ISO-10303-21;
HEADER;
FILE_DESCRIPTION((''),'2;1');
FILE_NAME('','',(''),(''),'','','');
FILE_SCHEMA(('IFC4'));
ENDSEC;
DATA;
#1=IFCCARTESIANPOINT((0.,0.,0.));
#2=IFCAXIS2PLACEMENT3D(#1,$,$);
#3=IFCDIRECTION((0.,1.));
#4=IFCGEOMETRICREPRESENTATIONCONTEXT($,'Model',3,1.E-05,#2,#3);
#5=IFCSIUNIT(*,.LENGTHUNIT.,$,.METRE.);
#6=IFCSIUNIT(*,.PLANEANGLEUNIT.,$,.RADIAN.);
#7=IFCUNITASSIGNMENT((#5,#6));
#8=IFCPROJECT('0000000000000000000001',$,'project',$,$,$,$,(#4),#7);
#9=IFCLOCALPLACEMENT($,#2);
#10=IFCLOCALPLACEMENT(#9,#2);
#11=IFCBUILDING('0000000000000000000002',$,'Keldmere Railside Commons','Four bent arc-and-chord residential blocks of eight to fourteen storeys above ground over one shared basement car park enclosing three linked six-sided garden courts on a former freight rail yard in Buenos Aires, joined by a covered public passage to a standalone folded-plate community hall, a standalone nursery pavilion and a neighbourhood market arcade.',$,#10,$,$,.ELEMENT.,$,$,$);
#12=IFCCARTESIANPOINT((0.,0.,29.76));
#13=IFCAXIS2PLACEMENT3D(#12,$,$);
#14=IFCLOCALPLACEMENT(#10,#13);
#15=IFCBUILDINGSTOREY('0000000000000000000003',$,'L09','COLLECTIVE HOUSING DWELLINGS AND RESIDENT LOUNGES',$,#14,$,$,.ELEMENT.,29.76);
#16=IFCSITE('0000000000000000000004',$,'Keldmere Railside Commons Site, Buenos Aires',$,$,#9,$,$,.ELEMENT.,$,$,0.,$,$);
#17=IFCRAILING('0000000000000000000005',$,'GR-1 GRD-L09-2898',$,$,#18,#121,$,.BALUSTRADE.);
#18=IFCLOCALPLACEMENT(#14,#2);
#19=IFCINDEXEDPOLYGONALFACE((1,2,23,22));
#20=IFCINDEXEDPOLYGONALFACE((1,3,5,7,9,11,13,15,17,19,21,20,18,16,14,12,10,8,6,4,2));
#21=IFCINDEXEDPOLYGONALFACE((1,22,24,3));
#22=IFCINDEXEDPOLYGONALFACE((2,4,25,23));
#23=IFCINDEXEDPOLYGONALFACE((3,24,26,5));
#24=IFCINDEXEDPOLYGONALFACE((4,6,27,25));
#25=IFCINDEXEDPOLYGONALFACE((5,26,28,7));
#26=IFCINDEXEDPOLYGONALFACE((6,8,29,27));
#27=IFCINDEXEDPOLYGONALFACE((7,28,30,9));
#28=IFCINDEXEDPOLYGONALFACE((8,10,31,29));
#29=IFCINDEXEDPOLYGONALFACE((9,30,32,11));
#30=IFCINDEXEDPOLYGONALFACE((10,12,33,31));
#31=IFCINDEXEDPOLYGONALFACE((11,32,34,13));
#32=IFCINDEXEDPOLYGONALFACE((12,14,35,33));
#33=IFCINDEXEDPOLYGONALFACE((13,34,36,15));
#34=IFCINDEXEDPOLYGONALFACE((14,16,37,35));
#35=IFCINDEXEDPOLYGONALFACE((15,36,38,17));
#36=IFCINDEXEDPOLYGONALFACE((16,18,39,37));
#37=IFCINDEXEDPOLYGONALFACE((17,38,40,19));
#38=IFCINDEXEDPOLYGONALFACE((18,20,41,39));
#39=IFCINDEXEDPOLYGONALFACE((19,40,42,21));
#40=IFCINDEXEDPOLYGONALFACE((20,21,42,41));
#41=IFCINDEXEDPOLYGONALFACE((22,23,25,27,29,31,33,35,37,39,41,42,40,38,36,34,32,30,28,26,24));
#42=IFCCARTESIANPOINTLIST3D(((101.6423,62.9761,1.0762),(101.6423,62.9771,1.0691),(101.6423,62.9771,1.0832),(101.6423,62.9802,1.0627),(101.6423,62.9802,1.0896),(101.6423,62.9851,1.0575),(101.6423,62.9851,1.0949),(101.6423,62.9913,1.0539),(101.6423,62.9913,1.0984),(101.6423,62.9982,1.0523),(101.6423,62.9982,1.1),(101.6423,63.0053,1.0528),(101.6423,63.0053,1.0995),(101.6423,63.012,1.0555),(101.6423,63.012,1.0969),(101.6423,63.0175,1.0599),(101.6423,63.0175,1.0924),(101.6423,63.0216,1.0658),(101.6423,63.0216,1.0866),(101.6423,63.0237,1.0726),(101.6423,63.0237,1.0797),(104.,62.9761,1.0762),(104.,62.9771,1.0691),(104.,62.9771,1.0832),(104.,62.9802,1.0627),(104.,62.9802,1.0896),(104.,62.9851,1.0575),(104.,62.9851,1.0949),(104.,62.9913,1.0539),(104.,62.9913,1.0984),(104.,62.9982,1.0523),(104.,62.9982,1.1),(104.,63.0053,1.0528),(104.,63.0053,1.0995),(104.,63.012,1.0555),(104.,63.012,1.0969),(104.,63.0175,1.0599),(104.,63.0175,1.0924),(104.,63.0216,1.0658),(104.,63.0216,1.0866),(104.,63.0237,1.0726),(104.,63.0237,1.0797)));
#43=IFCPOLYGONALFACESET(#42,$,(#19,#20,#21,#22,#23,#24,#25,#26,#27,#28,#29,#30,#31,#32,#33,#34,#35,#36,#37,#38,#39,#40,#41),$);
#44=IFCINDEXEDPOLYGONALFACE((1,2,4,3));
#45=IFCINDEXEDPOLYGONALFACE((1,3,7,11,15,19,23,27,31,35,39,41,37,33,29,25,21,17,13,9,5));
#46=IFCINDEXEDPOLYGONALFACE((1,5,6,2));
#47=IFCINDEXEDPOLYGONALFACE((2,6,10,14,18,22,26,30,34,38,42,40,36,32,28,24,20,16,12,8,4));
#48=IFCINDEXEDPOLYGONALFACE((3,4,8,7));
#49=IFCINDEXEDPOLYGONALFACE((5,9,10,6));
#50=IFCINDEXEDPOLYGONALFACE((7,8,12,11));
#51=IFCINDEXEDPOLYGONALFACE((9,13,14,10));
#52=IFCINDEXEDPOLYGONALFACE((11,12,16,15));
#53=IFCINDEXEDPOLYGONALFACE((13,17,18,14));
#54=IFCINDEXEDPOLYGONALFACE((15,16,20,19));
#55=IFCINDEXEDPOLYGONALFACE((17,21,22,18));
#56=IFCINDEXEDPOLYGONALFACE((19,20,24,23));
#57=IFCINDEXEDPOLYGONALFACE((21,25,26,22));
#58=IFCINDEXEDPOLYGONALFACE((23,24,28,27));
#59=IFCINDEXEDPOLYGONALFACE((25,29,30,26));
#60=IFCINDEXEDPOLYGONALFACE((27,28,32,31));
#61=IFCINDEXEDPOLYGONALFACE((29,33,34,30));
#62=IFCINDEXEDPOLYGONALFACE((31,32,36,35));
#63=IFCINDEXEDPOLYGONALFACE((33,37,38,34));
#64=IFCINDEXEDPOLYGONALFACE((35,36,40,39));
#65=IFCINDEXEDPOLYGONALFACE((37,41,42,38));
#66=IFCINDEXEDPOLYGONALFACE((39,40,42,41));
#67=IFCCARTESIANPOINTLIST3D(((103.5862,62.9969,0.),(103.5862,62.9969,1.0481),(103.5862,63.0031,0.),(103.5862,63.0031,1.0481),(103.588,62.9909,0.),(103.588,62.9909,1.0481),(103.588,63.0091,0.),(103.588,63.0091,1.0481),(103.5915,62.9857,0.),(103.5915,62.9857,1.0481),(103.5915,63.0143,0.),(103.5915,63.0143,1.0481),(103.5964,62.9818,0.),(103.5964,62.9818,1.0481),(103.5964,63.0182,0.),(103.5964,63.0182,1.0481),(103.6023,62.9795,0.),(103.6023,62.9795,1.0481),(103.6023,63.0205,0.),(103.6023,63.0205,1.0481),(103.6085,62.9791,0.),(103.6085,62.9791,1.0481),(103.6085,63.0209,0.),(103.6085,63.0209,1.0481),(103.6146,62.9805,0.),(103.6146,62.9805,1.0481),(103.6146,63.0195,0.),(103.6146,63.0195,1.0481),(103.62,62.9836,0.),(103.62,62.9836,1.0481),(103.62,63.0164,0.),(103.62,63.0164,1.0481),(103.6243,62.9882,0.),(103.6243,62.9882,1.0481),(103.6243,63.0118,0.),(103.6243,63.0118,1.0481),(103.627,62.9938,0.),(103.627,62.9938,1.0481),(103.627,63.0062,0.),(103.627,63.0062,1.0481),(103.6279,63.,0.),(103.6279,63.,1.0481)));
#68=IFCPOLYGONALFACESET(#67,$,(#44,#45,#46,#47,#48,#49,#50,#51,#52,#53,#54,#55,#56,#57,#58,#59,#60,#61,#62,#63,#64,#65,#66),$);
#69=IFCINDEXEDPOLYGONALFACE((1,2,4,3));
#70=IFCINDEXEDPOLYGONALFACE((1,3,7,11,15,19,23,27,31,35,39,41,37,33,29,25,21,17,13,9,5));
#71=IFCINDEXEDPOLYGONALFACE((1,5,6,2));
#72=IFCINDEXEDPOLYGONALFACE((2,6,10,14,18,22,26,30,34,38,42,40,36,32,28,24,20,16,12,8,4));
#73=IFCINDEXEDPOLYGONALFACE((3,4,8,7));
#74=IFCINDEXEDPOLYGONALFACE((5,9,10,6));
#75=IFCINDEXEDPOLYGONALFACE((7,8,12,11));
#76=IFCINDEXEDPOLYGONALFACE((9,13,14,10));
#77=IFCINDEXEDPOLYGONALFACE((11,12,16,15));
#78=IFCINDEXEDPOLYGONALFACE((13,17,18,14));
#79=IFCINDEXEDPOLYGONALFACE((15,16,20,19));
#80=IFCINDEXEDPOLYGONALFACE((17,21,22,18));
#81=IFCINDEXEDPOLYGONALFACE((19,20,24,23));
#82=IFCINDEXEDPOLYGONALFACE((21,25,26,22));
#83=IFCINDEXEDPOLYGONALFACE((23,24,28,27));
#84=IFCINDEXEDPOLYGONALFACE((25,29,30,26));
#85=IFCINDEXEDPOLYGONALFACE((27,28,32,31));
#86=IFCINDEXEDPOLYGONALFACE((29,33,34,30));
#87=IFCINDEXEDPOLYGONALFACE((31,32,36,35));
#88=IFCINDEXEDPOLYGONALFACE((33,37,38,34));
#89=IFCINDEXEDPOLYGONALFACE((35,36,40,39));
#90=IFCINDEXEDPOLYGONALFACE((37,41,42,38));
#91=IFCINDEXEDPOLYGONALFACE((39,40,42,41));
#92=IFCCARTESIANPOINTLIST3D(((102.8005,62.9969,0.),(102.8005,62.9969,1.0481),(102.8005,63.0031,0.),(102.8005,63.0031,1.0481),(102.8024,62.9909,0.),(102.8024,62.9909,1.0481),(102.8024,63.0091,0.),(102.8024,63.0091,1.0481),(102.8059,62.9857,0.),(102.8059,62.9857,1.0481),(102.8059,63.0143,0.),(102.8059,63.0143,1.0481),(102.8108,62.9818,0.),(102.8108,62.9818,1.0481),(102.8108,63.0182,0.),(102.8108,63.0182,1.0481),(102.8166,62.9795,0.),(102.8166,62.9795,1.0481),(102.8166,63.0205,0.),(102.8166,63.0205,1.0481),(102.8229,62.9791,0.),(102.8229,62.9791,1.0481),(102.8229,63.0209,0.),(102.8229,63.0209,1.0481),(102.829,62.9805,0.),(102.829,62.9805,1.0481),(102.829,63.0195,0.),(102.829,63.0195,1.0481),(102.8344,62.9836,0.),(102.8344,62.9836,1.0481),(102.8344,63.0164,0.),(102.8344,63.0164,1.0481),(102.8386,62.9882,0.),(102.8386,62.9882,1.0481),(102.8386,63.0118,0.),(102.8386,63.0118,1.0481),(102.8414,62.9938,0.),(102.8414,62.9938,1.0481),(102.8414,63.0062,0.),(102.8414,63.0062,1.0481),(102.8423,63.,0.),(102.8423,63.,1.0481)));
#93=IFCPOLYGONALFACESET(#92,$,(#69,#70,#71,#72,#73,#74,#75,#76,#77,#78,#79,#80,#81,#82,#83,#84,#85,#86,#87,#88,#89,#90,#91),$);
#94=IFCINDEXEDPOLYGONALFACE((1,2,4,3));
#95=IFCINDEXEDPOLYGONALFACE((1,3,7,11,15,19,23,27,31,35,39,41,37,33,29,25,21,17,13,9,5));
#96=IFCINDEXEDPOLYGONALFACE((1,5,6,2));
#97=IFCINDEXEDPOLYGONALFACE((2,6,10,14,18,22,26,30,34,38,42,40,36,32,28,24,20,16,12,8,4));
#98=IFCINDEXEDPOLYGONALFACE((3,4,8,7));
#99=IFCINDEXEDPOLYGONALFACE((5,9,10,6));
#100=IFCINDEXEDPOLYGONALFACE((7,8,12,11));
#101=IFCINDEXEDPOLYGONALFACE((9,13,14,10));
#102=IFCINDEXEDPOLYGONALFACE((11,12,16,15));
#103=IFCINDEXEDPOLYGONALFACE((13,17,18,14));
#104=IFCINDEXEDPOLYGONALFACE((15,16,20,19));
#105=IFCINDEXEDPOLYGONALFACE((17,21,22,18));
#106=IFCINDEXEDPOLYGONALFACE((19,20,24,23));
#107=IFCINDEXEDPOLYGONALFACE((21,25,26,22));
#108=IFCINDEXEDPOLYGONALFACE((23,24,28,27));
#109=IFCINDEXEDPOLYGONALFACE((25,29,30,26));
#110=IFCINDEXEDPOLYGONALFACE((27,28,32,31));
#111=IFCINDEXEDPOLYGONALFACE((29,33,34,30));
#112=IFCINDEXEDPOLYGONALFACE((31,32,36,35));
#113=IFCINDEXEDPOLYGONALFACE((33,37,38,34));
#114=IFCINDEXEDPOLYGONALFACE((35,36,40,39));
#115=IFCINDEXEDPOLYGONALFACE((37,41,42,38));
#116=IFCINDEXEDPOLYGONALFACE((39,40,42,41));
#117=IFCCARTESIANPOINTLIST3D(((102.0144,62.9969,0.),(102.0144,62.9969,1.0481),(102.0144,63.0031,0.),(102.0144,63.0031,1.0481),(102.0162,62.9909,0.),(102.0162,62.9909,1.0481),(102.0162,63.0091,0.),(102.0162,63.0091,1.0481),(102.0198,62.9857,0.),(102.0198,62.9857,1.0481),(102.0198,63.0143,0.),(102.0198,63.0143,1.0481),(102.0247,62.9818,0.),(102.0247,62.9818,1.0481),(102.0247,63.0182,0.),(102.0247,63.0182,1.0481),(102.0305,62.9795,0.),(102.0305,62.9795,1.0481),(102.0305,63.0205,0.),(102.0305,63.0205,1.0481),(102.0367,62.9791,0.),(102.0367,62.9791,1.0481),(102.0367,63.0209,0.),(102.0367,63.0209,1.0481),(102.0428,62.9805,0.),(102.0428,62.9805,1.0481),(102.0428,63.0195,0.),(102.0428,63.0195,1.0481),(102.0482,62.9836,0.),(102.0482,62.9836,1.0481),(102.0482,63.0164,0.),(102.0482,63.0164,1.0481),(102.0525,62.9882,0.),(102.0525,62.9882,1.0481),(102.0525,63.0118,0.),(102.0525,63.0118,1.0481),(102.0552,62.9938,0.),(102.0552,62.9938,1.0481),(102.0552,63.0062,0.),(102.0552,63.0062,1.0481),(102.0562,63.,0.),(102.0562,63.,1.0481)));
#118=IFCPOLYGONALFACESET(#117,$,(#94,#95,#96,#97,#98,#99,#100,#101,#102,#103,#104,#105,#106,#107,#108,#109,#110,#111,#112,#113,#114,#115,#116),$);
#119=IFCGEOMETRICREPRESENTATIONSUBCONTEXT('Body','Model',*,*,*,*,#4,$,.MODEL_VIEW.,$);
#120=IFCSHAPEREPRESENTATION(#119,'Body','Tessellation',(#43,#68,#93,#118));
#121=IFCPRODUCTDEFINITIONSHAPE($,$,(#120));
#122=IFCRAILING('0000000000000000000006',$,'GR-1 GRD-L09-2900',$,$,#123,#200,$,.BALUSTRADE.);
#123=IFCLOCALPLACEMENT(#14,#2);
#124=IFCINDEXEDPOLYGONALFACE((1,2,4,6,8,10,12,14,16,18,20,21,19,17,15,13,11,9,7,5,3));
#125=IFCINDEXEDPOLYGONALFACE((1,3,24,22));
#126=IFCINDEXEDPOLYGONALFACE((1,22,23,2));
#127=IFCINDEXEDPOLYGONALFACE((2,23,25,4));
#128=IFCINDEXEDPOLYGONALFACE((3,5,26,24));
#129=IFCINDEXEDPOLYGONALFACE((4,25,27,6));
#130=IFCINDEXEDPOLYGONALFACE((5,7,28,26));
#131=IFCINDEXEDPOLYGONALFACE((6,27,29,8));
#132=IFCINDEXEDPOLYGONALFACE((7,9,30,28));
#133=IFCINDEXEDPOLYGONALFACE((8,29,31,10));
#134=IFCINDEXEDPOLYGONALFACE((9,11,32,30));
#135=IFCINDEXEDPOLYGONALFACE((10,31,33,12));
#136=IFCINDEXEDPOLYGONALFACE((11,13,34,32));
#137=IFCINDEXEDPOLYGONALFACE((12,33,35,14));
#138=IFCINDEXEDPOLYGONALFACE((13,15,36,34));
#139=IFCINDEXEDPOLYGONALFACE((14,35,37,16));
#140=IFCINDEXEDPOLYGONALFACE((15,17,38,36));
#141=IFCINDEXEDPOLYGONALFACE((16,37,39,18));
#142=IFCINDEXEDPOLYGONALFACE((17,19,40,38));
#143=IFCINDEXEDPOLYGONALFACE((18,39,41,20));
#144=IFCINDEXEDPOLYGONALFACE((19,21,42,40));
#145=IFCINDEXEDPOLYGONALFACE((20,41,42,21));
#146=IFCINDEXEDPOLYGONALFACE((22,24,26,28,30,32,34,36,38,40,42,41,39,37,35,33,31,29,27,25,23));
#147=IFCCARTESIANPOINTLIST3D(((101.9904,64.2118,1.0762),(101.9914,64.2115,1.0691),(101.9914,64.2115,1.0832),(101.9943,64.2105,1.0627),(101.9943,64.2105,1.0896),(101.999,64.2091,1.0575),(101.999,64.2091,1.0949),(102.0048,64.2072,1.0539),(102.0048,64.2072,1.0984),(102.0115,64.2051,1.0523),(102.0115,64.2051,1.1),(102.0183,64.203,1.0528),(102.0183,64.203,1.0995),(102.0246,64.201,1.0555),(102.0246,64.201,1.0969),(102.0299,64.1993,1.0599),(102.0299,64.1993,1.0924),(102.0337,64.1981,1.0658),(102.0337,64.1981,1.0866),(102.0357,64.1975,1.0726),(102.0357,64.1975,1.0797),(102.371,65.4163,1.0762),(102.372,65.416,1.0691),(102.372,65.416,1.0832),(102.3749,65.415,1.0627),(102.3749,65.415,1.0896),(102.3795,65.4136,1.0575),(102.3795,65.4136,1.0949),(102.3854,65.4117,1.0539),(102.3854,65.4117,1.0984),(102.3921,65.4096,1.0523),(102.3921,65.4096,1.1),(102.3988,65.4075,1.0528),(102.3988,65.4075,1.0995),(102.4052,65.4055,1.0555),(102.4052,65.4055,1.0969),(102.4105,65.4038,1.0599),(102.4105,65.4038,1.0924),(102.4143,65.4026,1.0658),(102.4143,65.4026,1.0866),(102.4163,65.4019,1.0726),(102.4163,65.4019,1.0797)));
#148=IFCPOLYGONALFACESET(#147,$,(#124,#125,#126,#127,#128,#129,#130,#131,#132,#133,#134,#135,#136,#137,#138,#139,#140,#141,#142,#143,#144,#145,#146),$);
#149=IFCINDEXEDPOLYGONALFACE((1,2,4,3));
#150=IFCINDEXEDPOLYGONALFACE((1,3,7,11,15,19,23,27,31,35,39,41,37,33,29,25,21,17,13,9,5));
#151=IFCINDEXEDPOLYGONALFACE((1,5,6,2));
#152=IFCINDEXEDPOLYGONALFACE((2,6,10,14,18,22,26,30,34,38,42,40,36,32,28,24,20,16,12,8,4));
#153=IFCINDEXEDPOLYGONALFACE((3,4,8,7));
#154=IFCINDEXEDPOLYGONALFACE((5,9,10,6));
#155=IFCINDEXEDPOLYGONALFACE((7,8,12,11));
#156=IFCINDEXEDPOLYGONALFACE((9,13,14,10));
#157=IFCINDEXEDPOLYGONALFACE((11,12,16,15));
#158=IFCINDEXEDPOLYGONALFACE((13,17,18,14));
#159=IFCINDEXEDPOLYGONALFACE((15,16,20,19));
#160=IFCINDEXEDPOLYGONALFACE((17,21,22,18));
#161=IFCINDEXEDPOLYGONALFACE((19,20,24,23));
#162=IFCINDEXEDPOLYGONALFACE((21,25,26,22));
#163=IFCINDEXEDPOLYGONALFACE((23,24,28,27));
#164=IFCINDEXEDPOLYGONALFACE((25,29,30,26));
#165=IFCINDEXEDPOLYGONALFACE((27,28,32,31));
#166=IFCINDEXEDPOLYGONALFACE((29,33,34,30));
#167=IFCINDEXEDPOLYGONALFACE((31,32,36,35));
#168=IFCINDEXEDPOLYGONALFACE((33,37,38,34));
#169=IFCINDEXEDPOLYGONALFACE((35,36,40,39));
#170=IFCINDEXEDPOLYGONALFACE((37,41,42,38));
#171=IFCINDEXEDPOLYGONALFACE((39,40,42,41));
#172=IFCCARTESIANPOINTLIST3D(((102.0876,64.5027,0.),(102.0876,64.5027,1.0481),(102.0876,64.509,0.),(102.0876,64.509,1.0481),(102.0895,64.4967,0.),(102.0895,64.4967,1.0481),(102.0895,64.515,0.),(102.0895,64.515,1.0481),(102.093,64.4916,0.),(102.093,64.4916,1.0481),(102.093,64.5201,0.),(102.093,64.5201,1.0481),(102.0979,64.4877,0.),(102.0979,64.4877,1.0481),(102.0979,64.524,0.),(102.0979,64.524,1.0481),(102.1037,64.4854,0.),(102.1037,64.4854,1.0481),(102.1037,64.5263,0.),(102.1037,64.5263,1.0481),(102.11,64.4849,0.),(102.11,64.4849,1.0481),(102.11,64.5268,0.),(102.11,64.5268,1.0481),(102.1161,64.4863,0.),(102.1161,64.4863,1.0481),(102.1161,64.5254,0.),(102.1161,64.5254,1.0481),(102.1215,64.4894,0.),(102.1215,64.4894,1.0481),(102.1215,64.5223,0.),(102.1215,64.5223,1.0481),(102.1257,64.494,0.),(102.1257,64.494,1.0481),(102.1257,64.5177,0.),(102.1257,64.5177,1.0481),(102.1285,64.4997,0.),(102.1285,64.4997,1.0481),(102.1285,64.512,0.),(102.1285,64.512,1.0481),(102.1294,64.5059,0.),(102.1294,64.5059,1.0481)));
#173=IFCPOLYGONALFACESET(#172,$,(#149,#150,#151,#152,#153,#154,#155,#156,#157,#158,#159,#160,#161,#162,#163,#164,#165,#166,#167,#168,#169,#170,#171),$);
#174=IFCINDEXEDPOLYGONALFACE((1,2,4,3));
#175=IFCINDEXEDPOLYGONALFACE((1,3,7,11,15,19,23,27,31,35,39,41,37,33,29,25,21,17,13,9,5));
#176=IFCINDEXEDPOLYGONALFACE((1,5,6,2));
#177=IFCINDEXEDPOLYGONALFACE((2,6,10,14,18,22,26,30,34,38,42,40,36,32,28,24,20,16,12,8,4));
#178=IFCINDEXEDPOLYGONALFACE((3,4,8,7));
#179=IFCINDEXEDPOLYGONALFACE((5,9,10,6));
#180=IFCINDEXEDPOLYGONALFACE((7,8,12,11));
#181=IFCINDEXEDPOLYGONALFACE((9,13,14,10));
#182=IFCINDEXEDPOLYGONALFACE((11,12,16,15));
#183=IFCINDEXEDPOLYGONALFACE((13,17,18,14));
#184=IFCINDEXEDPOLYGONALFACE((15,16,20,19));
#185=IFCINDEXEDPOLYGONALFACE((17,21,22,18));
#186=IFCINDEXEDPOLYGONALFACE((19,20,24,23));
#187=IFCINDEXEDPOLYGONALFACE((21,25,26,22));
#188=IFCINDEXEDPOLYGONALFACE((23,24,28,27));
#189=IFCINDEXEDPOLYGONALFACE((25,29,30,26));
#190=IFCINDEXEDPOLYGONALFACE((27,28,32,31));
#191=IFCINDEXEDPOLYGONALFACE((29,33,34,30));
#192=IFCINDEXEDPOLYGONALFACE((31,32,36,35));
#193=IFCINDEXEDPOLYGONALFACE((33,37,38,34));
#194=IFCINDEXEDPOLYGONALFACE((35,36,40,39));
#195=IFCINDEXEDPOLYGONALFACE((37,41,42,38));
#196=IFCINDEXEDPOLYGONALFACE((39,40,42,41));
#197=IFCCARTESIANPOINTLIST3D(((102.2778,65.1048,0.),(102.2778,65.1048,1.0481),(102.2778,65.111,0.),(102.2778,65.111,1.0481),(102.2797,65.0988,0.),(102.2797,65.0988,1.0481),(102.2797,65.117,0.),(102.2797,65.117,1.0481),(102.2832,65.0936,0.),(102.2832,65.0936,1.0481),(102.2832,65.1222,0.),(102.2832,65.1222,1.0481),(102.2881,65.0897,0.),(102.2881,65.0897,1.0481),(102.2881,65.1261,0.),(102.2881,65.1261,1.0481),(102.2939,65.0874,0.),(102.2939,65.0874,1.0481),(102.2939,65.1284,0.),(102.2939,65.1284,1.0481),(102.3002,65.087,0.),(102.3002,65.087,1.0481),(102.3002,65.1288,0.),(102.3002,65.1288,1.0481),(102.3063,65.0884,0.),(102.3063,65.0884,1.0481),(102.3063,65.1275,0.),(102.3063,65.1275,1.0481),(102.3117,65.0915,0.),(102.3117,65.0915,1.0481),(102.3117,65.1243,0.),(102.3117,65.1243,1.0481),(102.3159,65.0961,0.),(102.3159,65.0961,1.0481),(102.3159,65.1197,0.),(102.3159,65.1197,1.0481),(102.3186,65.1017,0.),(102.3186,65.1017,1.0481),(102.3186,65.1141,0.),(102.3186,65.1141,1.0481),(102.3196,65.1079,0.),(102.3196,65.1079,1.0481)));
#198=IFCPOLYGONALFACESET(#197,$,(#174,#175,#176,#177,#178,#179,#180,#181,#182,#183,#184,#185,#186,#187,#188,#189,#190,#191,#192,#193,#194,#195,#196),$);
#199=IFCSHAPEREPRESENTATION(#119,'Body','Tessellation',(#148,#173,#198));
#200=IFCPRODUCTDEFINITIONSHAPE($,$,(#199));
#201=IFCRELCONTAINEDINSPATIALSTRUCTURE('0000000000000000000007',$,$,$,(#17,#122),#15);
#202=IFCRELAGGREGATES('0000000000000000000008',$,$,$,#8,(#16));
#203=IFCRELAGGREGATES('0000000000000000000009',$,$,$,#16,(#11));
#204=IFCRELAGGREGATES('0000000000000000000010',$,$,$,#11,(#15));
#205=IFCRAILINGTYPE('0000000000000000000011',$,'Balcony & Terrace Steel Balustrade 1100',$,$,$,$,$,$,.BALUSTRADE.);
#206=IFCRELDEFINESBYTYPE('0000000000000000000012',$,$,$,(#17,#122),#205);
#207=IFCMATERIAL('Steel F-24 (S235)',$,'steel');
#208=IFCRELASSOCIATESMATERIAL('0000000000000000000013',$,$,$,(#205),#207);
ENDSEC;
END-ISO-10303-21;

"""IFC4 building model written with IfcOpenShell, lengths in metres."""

from ifc_helpers import new_model, si_unit, direction, frame, origin, origin_2d, place, context, subcontext, project, spatial, circle, extrude, material, type_object, element, save


model = new_model("IFC4")

# Units and contexts
model_context = context("Model", 3, precision=1e-05, world=origin(), true_north=direction((0.0, 1.0)))
body_context = subcontext(model_context, "Body", "Model", "MODEL_VIEW")
ifc_project = project(units=[si_unit("LENGTHUNIT", "METRE"), si_unit("PLANEANGLEUNIT", "RADIAN")], contexts=[model_context])

# Site, building, storey
site_placement = place(None, origin())
site = spatial("IfcSite", under=ifc_project, at=site_placement, Name="Keldmere Railside Commons Site, Buenos Aires", CompositionType="ELEMENT", RefElevation=0.0)
building_placement = place(site_placement, origin())
building = spatial("IfcBuilding", under=site, at=building_placement, Name="Keldmere Railside Commons", Description="Four bent arc-and-chord residential blocks of eight to fourteen storeys above ground over one shared basement car park enclosing three linked six-sided garden courts on a former freight rail yard in Buenos Aires, joined by a covered public passage to a standalone folded-plate community hall, a standalone nursery pavilion and a neighbourhood market arcade.", CompositionType="ELEMENT")
storey_placement = place(building_placement, frame((0.0, 0.0, 29.76)))
storey = spatial("IfcBuildingStorey", under=building, at=storey_placement, Name="L09", Description="COLLECTIVE HOUSING DWELLINGS AND RESIDENT LOUNGES", CompositionType="ELEMENT", Elevation=29.76)

# Railings
ifc_material_1 = material(Name="Steel F-24 (S235)", Category="steel")
railing_type_1 = type_object("IfcRailingType", Name="Balcony & Terrace Steel Balustrade 1100", PredefinedType="BALUSTRADE", material=ifc_material_1)
railing_1_placement = place(storey_placement, frame((104.0, 63.0, 0.0)))
element("IfcRailing", 1, at=railing_1_placement, inside=storey, type_object=railing_type_1, Name="GR-1 GRD-L09-2898", PredefinedType="BALUSTRADE", context=body_context, shape_type="SweptSolid", body=[
    extrude(circle(Radius=0.0239, at=origin_2d()), frame((0.0, 0.0, 1.0762), z_axis=(-1.0, 0.0, 0.0), x_axis=(0.0, -1.0, 0.0)), (0.0, 0.0, 1.0), 2.3577),
    extrude(circle(Radius=0.021, at=origin_2d()), frame((-0.3931, 0.0, 0.0)), (0.0, 0.0, 1.0), 1.0481),
    extrude(circle(Radius=0.021, at=origin_2d()), frame((-1.1787, 0.0, 0.0)), (0.0, 0.0, 1.0), 1.0481),
    extrude(circle(Radius=0.021, at=origin_2d()), frame((-1.9648, 0.0, 0.0)), (0.0, 0.0, 1.0), 1.0481),
])
railing_2_placement = place(storey_placement, frame((102.0132, 64.2046, 0.0)))
element("IfcRailing", 2, at=railing_2_placement, inside=storey, type_object=railing_type_1, Name="GR-1 GRD-L09-2900", PredefinedType="BALUSTRADE", context=body_context, shape_type="SweptSolid", body=[
    extrude(circle(Radius=0.0239, at=origin_2d()), frame((0.0, 0.0, 1.0762), z_axis=(0.301289, 0.953533, 0.0), x_axis=(-0.953533, 0.301289, 0.0)), (0.0, 0.0, 1.0), 1.2632),
    extrude(circle(Radius=0.021, at=origin_2d()), frame((0.0952, 0.3013, 0.0)), (0.0, 0.0, 1.0), 1.0481),
    extrude(circle(Radius=0.021, at=origin_2d()), frame((0.2854, 0.9033, 0.0)), (0.0, 0.0, 1.0), 1.0481),
])

save(model, "model.ifc")
